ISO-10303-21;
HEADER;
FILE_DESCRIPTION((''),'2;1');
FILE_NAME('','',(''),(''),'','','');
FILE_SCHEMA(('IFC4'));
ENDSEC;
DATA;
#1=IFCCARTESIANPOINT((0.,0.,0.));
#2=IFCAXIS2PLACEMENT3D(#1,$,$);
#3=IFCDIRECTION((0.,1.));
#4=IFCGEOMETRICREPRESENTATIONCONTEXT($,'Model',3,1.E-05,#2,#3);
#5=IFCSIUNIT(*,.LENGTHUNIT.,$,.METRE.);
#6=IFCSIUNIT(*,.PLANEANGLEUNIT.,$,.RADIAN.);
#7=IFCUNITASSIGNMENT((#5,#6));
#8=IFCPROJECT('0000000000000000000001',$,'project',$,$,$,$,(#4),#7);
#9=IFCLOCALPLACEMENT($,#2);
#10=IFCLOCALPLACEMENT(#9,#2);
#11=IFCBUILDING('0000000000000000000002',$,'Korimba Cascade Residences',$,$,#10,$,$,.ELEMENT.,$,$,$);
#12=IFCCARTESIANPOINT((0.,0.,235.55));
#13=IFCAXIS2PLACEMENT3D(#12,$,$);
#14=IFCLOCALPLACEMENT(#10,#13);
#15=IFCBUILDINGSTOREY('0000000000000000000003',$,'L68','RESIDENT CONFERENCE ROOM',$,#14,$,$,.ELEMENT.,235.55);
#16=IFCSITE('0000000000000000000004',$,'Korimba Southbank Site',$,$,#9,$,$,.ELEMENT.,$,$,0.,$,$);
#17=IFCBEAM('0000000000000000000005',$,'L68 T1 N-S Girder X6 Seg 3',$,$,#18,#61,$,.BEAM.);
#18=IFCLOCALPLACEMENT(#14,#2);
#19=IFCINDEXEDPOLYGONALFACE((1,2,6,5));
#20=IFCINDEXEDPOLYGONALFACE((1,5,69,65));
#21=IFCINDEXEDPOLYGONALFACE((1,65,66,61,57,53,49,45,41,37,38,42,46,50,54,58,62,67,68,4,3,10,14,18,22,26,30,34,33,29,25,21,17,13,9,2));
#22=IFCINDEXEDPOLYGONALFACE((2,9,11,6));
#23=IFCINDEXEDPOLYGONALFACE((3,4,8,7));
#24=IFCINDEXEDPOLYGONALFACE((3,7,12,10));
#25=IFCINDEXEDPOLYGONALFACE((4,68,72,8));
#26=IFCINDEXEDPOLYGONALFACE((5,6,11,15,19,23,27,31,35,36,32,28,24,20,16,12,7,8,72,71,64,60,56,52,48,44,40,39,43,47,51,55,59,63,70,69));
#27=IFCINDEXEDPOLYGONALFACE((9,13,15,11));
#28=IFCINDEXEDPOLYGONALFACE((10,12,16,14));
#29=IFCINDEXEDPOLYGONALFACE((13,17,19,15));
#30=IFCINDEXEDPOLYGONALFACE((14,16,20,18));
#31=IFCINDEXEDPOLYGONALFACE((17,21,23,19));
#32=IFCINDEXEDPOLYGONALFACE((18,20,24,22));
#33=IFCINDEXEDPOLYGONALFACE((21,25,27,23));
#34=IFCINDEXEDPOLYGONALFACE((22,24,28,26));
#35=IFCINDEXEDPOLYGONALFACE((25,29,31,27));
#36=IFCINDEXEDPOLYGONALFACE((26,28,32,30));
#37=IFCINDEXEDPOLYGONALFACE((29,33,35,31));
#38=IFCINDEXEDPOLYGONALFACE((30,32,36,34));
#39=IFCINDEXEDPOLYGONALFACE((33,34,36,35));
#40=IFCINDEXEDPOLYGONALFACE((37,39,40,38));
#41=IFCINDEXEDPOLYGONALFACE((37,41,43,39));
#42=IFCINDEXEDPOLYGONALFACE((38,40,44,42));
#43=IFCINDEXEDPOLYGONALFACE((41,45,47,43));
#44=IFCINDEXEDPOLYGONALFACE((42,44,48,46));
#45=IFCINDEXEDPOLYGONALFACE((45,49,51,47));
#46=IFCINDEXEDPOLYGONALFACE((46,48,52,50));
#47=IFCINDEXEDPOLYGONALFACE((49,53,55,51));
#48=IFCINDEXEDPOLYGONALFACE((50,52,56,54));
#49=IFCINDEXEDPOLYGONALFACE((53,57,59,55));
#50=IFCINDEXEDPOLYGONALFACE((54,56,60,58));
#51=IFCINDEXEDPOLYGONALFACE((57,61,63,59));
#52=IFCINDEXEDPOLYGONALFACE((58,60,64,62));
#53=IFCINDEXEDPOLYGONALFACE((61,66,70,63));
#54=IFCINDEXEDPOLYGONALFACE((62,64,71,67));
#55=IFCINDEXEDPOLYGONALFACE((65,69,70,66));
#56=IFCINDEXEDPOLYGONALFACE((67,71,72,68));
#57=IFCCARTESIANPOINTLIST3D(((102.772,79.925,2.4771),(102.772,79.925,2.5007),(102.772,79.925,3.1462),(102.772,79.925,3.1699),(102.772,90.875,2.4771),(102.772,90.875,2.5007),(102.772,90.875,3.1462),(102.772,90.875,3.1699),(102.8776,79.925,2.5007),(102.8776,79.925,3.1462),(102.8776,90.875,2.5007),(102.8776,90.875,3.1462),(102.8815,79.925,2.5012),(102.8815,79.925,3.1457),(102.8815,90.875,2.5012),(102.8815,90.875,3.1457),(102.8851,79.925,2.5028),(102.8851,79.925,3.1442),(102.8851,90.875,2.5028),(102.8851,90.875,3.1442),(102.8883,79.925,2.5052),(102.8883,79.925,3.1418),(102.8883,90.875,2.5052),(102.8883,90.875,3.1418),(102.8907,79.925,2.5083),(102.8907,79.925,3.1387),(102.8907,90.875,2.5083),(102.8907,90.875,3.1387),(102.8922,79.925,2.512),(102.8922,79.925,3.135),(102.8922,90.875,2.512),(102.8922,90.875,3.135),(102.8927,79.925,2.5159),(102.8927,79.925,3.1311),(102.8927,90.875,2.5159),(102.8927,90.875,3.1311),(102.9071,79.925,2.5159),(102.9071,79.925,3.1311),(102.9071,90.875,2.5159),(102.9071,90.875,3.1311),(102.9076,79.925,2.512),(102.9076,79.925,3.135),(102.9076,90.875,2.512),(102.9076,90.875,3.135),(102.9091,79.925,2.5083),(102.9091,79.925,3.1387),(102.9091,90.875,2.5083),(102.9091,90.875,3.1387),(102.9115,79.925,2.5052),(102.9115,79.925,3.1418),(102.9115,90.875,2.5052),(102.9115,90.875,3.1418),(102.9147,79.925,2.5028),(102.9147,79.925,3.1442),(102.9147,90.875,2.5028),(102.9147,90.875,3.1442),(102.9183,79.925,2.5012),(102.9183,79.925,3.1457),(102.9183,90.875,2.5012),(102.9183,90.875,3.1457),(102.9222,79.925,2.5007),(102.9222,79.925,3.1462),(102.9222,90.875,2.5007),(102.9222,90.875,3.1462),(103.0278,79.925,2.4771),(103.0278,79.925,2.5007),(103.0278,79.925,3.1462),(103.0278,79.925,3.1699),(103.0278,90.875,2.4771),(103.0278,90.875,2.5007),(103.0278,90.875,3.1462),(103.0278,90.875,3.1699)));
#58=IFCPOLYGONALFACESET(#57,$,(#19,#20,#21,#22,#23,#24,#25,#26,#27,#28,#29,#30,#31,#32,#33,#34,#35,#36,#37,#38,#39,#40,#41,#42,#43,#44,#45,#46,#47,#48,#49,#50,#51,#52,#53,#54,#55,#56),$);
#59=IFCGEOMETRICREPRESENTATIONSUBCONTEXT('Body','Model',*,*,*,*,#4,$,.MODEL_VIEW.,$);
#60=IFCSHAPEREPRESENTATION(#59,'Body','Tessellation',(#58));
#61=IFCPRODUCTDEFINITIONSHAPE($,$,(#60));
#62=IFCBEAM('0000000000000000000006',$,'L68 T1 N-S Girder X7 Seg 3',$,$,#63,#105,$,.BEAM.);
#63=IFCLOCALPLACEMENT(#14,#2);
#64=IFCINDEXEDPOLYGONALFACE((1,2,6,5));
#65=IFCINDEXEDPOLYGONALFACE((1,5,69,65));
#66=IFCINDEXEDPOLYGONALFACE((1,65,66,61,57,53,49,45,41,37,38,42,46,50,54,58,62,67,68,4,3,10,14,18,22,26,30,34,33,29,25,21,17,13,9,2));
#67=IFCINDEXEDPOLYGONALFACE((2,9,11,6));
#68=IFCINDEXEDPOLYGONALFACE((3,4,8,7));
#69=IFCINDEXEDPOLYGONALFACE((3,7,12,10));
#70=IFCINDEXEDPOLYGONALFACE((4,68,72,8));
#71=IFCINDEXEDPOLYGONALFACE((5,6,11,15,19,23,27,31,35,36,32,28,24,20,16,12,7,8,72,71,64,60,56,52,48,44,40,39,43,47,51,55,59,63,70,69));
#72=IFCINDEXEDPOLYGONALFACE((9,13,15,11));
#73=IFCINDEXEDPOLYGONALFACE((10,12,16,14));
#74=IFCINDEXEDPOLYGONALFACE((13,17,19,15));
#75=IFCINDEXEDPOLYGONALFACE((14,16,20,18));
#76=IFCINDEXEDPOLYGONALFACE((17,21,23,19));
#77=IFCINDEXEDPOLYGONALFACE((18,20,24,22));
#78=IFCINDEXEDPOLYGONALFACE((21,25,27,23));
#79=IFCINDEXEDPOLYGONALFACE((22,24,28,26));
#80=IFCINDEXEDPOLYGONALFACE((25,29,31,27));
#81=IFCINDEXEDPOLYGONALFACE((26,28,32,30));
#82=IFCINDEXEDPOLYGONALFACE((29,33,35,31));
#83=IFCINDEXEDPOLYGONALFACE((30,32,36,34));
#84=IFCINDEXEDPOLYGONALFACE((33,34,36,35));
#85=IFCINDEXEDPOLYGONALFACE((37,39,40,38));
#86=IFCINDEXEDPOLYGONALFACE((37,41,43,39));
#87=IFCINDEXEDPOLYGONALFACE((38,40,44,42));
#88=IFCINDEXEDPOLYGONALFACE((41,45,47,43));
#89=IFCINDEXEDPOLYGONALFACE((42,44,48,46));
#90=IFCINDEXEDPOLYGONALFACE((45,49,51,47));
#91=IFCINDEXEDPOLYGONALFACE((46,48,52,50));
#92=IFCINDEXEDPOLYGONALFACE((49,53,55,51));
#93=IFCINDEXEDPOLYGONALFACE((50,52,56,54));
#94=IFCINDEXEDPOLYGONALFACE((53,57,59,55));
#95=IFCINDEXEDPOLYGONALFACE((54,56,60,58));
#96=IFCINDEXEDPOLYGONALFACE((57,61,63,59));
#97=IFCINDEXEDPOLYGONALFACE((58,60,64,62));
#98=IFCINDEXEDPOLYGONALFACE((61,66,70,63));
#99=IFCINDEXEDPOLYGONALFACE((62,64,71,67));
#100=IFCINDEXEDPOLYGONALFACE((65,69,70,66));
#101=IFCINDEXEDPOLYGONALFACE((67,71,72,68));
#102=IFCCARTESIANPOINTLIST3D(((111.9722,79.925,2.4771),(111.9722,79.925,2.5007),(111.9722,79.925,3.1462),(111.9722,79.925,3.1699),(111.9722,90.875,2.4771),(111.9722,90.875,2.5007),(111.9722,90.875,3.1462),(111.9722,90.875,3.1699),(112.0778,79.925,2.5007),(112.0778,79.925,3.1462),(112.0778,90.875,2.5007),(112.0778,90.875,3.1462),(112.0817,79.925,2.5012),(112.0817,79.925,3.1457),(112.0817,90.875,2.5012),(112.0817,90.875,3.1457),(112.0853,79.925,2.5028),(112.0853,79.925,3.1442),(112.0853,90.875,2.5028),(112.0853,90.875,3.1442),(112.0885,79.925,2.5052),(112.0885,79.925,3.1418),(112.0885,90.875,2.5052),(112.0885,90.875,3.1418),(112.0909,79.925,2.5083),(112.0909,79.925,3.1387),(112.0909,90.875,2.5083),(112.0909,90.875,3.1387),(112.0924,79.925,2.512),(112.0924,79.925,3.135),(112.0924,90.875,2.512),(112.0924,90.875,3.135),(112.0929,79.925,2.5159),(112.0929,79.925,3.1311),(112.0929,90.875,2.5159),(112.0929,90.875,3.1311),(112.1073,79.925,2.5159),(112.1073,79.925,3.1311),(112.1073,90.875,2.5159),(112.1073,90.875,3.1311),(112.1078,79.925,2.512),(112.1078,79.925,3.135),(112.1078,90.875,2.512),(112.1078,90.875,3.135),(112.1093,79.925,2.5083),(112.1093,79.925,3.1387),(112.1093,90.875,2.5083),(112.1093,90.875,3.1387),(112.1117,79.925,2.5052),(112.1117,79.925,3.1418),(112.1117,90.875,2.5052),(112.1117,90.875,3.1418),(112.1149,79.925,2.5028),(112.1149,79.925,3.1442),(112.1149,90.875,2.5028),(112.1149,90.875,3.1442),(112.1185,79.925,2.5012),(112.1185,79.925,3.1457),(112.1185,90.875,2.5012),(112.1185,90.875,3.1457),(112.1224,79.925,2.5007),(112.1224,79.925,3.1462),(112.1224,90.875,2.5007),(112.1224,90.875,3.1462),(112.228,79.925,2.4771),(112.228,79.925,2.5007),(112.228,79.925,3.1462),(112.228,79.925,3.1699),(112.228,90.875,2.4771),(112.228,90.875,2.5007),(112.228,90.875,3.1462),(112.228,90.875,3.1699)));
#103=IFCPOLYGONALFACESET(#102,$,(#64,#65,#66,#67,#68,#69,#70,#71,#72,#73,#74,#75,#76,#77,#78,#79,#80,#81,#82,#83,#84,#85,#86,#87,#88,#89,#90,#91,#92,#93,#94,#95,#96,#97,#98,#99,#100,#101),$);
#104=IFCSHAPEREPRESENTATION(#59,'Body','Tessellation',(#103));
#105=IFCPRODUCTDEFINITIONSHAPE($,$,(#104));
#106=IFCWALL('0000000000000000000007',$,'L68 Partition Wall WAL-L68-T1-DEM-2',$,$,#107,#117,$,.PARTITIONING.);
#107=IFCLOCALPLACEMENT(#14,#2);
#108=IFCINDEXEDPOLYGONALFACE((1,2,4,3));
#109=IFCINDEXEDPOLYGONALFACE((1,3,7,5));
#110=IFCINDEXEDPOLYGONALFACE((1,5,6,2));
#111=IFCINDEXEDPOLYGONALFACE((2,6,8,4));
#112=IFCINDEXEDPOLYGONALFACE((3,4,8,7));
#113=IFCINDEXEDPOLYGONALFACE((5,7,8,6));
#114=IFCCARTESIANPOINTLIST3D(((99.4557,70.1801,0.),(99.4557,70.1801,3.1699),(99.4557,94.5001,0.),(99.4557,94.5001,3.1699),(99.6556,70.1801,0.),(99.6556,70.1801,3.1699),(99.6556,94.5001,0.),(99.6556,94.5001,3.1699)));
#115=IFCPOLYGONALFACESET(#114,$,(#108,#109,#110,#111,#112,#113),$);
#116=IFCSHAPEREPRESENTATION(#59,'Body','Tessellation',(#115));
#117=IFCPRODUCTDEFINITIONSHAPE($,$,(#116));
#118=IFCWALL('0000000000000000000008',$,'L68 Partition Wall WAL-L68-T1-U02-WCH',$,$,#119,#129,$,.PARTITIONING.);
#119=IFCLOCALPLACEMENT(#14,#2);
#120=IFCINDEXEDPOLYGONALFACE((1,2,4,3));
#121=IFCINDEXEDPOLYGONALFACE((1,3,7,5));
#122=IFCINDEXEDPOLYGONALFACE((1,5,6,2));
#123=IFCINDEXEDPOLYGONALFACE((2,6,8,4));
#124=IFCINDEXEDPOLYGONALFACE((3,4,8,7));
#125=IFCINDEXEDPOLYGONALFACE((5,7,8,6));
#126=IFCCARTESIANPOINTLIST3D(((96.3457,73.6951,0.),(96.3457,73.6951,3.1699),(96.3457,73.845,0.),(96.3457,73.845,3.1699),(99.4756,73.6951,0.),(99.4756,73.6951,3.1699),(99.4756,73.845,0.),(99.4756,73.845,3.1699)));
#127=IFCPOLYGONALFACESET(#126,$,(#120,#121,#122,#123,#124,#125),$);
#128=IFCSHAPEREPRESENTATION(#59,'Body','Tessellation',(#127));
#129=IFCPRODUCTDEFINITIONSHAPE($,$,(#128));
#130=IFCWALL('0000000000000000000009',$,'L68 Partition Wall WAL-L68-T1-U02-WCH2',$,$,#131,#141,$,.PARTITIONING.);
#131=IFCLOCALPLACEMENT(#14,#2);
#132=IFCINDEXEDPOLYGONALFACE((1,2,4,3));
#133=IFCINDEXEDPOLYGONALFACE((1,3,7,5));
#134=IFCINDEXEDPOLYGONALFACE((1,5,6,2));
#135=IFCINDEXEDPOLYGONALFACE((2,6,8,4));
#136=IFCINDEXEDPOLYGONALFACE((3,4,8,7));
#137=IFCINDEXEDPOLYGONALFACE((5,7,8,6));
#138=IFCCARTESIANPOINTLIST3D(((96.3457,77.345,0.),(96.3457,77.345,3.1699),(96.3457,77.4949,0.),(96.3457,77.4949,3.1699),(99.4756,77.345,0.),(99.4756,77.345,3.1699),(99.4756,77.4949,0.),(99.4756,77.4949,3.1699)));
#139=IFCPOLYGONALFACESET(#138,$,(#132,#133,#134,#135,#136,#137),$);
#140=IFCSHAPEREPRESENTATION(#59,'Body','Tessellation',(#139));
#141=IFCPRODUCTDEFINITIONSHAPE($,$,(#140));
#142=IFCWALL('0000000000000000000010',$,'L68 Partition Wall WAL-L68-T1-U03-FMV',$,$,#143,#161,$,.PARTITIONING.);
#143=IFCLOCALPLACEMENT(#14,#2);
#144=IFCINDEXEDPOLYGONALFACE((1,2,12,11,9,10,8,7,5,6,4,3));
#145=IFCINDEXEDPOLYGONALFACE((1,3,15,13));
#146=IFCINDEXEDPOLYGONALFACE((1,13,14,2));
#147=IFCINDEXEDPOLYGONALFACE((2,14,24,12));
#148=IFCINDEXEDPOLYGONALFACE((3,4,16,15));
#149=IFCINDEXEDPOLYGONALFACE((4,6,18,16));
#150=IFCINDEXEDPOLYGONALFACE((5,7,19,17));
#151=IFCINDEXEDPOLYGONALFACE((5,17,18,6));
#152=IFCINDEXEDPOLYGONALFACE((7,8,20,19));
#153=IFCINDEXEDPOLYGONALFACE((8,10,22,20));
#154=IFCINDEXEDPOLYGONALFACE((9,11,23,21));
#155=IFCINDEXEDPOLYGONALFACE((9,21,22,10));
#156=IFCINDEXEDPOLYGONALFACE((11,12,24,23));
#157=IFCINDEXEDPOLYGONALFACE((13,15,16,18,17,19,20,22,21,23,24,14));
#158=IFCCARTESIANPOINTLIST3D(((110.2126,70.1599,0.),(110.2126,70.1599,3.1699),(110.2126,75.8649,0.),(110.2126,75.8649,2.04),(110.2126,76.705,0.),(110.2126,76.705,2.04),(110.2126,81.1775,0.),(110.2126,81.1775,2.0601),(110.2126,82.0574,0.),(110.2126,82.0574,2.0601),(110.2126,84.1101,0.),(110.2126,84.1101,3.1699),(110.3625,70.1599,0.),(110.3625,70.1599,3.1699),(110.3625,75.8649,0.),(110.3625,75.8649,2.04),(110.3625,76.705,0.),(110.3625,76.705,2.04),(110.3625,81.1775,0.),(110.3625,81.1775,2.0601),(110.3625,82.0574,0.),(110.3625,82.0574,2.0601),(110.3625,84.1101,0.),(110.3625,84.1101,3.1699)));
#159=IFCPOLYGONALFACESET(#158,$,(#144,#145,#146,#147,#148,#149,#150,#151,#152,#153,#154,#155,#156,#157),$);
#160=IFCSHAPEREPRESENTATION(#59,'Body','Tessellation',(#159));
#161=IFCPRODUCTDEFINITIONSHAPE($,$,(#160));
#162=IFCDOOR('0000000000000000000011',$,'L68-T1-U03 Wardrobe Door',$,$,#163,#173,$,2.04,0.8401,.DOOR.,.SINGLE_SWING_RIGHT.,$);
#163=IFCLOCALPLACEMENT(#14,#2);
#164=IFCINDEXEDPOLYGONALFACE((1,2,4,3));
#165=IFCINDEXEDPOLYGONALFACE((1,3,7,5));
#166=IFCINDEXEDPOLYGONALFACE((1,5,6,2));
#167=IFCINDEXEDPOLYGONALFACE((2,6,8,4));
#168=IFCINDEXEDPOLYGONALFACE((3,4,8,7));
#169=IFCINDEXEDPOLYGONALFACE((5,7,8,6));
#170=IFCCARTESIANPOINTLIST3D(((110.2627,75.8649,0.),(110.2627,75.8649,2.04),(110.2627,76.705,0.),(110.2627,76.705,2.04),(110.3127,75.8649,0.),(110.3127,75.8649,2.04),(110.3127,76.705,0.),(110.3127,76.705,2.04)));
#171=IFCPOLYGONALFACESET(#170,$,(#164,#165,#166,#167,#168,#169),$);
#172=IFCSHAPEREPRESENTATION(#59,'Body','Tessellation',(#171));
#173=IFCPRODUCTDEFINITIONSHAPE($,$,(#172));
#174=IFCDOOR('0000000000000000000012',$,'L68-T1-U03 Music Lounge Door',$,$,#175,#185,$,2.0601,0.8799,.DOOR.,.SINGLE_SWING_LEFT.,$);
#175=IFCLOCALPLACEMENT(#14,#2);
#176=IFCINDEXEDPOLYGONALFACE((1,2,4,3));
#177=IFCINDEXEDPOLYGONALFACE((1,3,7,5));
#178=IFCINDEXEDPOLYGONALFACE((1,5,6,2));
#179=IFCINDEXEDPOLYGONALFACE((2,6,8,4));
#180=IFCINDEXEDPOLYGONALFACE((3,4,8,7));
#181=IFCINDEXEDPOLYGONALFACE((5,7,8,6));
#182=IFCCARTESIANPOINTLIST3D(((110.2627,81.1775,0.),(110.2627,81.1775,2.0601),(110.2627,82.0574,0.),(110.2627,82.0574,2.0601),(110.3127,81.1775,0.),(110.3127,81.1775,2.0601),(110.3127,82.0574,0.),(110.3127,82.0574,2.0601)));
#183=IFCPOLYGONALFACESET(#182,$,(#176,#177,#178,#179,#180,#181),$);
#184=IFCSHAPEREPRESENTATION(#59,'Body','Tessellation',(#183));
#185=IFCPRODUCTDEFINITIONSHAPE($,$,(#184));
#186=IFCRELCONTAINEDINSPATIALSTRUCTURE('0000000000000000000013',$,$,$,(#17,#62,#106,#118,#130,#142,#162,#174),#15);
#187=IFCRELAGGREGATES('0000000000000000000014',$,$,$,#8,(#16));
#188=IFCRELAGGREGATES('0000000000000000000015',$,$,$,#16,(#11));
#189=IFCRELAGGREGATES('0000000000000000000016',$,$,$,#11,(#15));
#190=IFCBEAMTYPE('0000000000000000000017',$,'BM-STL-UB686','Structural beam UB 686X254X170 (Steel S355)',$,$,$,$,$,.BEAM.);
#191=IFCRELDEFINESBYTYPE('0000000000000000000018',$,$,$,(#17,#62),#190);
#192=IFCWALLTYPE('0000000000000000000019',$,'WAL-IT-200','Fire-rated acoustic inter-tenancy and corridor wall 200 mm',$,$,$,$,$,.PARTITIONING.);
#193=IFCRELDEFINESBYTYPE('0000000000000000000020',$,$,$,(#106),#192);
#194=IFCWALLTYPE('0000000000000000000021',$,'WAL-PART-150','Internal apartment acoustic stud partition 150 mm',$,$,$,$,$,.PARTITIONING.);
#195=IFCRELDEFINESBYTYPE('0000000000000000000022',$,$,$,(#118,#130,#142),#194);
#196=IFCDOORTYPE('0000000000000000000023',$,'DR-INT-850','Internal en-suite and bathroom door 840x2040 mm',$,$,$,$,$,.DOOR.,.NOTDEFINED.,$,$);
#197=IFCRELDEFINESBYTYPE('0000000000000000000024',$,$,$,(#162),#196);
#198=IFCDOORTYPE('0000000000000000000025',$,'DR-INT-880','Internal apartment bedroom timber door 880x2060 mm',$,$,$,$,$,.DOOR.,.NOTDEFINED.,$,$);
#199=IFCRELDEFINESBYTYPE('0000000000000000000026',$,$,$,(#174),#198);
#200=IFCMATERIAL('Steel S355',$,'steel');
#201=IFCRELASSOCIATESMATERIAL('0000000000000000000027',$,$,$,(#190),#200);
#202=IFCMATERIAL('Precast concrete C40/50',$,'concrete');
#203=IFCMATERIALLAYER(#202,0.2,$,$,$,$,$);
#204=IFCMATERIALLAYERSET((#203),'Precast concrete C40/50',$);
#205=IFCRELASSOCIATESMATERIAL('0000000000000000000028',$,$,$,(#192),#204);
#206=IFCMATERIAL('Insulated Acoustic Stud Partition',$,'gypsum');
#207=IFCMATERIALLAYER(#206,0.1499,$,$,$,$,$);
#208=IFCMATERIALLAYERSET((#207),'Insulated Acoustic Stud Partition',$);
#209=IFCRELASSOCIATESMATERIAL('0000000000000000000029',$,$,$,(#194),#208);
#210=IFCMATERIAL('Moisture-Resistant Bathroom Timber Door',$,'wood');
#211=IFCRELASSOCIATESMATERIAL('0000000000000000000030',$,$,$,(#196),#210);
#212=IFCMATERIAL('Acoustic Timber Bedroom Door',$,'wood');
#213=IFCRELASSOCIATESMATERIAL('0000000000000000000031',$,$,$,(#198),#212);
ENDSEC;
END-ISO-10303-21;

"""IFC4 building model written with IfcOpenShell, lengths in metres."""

from ifc_helpers import new_model, si_unit, direction, frame, frame_2d, origin, origin_2d, place, context, subcontext, project, spatial, rectangle, i_section, extrude, material, layer, layer_set, material_profile, profile_set, type_object, element, fill, save


model = new_model("IFC4")

# Units and contexts
model_context = context("Model", 3, precision=1e-05, world=origin(), true_north=direction((0.0, 1.0)))
body_context = subcontext(model_context, "Body", "Model", "MODEL_VIEW")
ifc_project = project(units=[si_unit("LENGTHUNIT", "METRE"), si_unit("PLANEANGLEUNIT", "RADIAN")], contexts=[model_context])

# Site, building, storey
site_placement = place(None, origin())
site = spatial("IfcSite", under=ifc_project, at=site_placement, Name="Korimba Southbank Site", CompositionType="ELEMENT", RefElevation=0.0)
building_placement = place(site_placement, origin())
building = spatial("IfcBuilding", under=site, at=building_placement, Name="Korimba Cascade Residences", CompositionType="ELEMENT")
storey_placement = place(building_placement, frame((0.0, 0.0, 235.55)))
storey = spatial("IfcBuildingStorey", under=building, at=storey_placement, Name="L68", Description="RESIDENT CONFERENCE ROOM", CompositionType="ELEMENT", Elevation=235.55)

# Beams
ifc_material_1 = material(Name="Steel S355", Category="steel")
ifc_material_profile_1 = material_profile(ifc_material_1, i_section(OverallWidth=0.2559, OverallDepth=0.6929, WebThickness=0.0144, FlangeThickness=0.0237, FilletRadius=0.0151, at=origin_2d()), Name="Steel S355")
ifc_profile_set_1 = profile_set([ifc_material_profile_1], Name="Steel S355")
beam_type_1 = type_object("IfcBeamType", Name="BM-STL-UB686", Description="Structural beam UB 686X254X170 (Steel S355)", PredefinedType="BEAM", material=ifc_profile_set_1)
for number, where, z_axis, x_axis, name in (
    (1, (102.8999, 79.925, 2.8235), (0.0, 1.0, 0.0), (-1.0, 0.0, 0.0), "L68 T1 N-S Girder X6 Seg 3"),
    (2, (112.1001, 79.925, 2.8235), (0.0, 1.0, 0.0), (-1.0, 0.0, 0.0), "L68 T1 N-S Girder X7 Seg 3"),
):
    element("IfcBeam", number, at=place(storey_placement, frame(where, z_axis=z_axis, x_axis=x_axis)), inside=storey, type_object=beam_type_1, Name=name, PredefinedType="BEAM", context=body_context, shape_type="SweptSolid", body=[
        extrude(i_section(OverallWidth=0.2559, OverallDepth=0.6929, WebThickness=0.0144, FlangeThickness=0.0237, FilletRadius=0.0151, at=origin_2d()), origin(), (0.0, 0.0, 1.0), 10.95),
    ])

# Walls
ifc_material_2 = material(Name="Precast concrete C40/50", Category="concrete")
ifc_layer_1 = layer(ifc_material_2, 0.2)
ifc_layer_set_1 = layer_set([ifc_layer_1], Name="Precast concrete C40/50")
wall_type_1 = type_object("IfcWallType", Name="WAL-IT-200", Description="Fire-rated acoustic inter-tenancy and corridor wall 200 mm", PredefinedType="PARTITIONING", material=ifc_layer_set_1)
wall_1_placement = place(storey_placement, frame((99.5557, 70.1799, 0.0), z_axis=(0.0, 0.0, 1.0), x_axis=(0.0, 1.0, 0.0)))
element("IfcWall", 3, at=wall_1_placement, inside=storey, type_object=wall_type_1, Name="L68 Partition Wall WAL-L68-T1-DEM-2", PredefinedType="PARTITIONING", context=body_context, shape_type="SweptSolid", body=[
    extrude(rectangle(XDim=24.3201, YDim=0.2, at=frame_2d((12.1602, 0.0))), origin(), (0.0, 0.0, 1.0), 3.1699),
])
ifc_material_3 = material(Name="Insulated Acoustic Stud Partition", Category="gypsum")
ifc_layer_2 = layer(ifc_material_3, 0.1499)
ifc_layer_set_2 = layer_set([ifc_layer_2], Name="Insulated Acoustic Stud Partition")
wall_type_2 = type_object("IfcWallType", Name="WAL-PART-150", Description="Internal apartment acoustic stud partition 150 mm", PredefinedType="PARTITIONING", material=ifc_layer_set_2)
for number, where, z_axis, x_axis, name in (
    (4, (96.3457, 73.77, 0.0), (0.0, 0.0, 1.0), (1.0, 0.0, 0.0), "L68 Partition Wall WAL-L68-T1-U02-WCH"),
    (5, (96.3457, 77.4199, 0.0), (0.0, 0.0, 1.0), (1.0, 0.0, 0.0), "L68 Partition Wall WAL-L68-T1-U02-WCH2"),
):
    element("IfcWall", number, at=place(storey_placement, frame(where, z_axis=z_axis, x_axis=x_axis)), inside=storey, type_object=wall_type_2, Name=name, PredefinedType="PARTITIONING", context=body_context, shape_type="SweptSolid", body=[
        extrude(rectangle(XDim=3.1299, YDim=0.1499, at=frame_2d((1.5649, 0.0))), origin(), (0.0, 0.0, 1.0), 3.1699),
    ])

# Wall, openings, doors
wall_2_placement = place(storey_placement, frame((110.2876, 70.1599, 0.0), z_axis=(0.0, 0.0, 1.0), x_axis=(0.0, 1.0, 0.0)))
wall_2 = element("IfcWall", 6, at=wall_2_placement, inside=storey, type_object=wall_type_2, Name="L68 Partition Wall WAL-L68-T1-U03-FMV", PredefinedType="PARTITIONING", context=body_context, shape_type="SweptSolid", body=[
    extrude(rectangle(XDim=13.9502, YDim=0.1499, at=frame_2d((6.9751, 0.0))), origin(), (0.0, 0.0, 1.0), 3.1699),
])
opening_1_placement = place(wall_2_placement, frame((5.7051, 0.0, 0.0)))
opening_1 = element("IfcOpeningElement", 7, at=opening_1_placement, cuts=wall_2, PredefinedType="OPENING", context=body_context, shape_type="SweptSolid", body=[
    extrude(rectangle(XDim=0.8401, YDim=2.04, at=frame_2d((0.4199, 1.02))), frame((0.0, 0.085, 0.0), z_axis=(0.0, -1.0, 0.0), x_axis=(1.0, 0.0, 0.0)), (0.0, 0.0, 1.0), 0.1699),
])
opening_2_placement = place(wall_2_placement, frame((11.0176, 0.0, 0.0)))
opening_2 = element("IfcOpeningElement", 8, at=opening_2_placement, cuts=wall_2, PredefinedType="OPENING", context=body_context, shape_type="SweptSolid", body=[
    extrude(rectangle(XDim=0.8799, YDim=2.0601, at=frame_2d((0.4399, 1.03))), frame((0.0, 0.085, 0.0), z_axis=(0.0, -1.0, 0.0), x_axis=(1.0, 0.0, 0.0)), (0.0, 0.0, 1.0), 0.1699),
])
ifc_material_4 = material(Name="Moisture-Resistant Bathroom Timber Door", Category="wood")
door_type_1 = type_object("IfcDoorType", Name="DR-INT-850", Description="Internal en-suite and bathroom door 840x2040 mm", OperationType="NOTDEFINED", PredefinedType="DOOR", material=ifc_material_4)
door_1_placement = place(opening_1_placement, origin())
door_1 = element("IfcDoor", 9, at=door_1_placement, inside=storey, type_object=door_type_1, Name="L68-T1-U03 Wardrobe Door", OperationType="SINGLE_SWING_RIGHT", OverallHeight=2.04, OverallWidth=0.8401, PredefinedType="DOOR", context=body_context, shape_type="SweptSolid", body=[
    extrude(rectangle(XDim=0.8401, YDim=2.04, at=frame_2d((0.4199, 1.02))), frame((0.0, 0.0249, 0.0), z_axis=(0.0, -1.0, 0.0), x_axis=(1.0, 0.0, 0.0)), (0.0, 0.0, 1.0), 0.05),
])
fill(opening_1, door_1)
ifc_material_5 = material(Name="Acoustic Timber Bedroom Door", Category="wood")
door_type_2 = type_object("IfcDoorType", Name="DR-INT-880", Description="Internal apartment bedroom timber door 880x2060 mm", OperationType="NOTDEFINED", PredefinedType="DOOR", material=ifc_material_5)
door_2_placement = place(opening_2_placement, origin())
door_2 = element("IfcDoor", 10, at=door_2_placement, inside=storey, type_object=door_type_2, Name="L68-T1-U03 Music Lounge Door", OperationType="SINGLE_SWING_LEFT", OverallHeight=2.0601, OverallWidth=0.8799, PredefinedType="DOOR", context=body_context, shape_type="SweptSolid", body=[
    extrude(rectangle(XDim=0.8799, YDim=2.0601, at=frame_2d((0.4399, 1.03))), frame((0.0, 0.0249, 0.0), z_axis=(0.0, -1.0, 0.0), x_axis=(1.0, 0.0, 0.0)), (0.0, 0.0, 1.0), 0.05),
])
fill(opening_2, door_2)

save(model, "model.ifc")
